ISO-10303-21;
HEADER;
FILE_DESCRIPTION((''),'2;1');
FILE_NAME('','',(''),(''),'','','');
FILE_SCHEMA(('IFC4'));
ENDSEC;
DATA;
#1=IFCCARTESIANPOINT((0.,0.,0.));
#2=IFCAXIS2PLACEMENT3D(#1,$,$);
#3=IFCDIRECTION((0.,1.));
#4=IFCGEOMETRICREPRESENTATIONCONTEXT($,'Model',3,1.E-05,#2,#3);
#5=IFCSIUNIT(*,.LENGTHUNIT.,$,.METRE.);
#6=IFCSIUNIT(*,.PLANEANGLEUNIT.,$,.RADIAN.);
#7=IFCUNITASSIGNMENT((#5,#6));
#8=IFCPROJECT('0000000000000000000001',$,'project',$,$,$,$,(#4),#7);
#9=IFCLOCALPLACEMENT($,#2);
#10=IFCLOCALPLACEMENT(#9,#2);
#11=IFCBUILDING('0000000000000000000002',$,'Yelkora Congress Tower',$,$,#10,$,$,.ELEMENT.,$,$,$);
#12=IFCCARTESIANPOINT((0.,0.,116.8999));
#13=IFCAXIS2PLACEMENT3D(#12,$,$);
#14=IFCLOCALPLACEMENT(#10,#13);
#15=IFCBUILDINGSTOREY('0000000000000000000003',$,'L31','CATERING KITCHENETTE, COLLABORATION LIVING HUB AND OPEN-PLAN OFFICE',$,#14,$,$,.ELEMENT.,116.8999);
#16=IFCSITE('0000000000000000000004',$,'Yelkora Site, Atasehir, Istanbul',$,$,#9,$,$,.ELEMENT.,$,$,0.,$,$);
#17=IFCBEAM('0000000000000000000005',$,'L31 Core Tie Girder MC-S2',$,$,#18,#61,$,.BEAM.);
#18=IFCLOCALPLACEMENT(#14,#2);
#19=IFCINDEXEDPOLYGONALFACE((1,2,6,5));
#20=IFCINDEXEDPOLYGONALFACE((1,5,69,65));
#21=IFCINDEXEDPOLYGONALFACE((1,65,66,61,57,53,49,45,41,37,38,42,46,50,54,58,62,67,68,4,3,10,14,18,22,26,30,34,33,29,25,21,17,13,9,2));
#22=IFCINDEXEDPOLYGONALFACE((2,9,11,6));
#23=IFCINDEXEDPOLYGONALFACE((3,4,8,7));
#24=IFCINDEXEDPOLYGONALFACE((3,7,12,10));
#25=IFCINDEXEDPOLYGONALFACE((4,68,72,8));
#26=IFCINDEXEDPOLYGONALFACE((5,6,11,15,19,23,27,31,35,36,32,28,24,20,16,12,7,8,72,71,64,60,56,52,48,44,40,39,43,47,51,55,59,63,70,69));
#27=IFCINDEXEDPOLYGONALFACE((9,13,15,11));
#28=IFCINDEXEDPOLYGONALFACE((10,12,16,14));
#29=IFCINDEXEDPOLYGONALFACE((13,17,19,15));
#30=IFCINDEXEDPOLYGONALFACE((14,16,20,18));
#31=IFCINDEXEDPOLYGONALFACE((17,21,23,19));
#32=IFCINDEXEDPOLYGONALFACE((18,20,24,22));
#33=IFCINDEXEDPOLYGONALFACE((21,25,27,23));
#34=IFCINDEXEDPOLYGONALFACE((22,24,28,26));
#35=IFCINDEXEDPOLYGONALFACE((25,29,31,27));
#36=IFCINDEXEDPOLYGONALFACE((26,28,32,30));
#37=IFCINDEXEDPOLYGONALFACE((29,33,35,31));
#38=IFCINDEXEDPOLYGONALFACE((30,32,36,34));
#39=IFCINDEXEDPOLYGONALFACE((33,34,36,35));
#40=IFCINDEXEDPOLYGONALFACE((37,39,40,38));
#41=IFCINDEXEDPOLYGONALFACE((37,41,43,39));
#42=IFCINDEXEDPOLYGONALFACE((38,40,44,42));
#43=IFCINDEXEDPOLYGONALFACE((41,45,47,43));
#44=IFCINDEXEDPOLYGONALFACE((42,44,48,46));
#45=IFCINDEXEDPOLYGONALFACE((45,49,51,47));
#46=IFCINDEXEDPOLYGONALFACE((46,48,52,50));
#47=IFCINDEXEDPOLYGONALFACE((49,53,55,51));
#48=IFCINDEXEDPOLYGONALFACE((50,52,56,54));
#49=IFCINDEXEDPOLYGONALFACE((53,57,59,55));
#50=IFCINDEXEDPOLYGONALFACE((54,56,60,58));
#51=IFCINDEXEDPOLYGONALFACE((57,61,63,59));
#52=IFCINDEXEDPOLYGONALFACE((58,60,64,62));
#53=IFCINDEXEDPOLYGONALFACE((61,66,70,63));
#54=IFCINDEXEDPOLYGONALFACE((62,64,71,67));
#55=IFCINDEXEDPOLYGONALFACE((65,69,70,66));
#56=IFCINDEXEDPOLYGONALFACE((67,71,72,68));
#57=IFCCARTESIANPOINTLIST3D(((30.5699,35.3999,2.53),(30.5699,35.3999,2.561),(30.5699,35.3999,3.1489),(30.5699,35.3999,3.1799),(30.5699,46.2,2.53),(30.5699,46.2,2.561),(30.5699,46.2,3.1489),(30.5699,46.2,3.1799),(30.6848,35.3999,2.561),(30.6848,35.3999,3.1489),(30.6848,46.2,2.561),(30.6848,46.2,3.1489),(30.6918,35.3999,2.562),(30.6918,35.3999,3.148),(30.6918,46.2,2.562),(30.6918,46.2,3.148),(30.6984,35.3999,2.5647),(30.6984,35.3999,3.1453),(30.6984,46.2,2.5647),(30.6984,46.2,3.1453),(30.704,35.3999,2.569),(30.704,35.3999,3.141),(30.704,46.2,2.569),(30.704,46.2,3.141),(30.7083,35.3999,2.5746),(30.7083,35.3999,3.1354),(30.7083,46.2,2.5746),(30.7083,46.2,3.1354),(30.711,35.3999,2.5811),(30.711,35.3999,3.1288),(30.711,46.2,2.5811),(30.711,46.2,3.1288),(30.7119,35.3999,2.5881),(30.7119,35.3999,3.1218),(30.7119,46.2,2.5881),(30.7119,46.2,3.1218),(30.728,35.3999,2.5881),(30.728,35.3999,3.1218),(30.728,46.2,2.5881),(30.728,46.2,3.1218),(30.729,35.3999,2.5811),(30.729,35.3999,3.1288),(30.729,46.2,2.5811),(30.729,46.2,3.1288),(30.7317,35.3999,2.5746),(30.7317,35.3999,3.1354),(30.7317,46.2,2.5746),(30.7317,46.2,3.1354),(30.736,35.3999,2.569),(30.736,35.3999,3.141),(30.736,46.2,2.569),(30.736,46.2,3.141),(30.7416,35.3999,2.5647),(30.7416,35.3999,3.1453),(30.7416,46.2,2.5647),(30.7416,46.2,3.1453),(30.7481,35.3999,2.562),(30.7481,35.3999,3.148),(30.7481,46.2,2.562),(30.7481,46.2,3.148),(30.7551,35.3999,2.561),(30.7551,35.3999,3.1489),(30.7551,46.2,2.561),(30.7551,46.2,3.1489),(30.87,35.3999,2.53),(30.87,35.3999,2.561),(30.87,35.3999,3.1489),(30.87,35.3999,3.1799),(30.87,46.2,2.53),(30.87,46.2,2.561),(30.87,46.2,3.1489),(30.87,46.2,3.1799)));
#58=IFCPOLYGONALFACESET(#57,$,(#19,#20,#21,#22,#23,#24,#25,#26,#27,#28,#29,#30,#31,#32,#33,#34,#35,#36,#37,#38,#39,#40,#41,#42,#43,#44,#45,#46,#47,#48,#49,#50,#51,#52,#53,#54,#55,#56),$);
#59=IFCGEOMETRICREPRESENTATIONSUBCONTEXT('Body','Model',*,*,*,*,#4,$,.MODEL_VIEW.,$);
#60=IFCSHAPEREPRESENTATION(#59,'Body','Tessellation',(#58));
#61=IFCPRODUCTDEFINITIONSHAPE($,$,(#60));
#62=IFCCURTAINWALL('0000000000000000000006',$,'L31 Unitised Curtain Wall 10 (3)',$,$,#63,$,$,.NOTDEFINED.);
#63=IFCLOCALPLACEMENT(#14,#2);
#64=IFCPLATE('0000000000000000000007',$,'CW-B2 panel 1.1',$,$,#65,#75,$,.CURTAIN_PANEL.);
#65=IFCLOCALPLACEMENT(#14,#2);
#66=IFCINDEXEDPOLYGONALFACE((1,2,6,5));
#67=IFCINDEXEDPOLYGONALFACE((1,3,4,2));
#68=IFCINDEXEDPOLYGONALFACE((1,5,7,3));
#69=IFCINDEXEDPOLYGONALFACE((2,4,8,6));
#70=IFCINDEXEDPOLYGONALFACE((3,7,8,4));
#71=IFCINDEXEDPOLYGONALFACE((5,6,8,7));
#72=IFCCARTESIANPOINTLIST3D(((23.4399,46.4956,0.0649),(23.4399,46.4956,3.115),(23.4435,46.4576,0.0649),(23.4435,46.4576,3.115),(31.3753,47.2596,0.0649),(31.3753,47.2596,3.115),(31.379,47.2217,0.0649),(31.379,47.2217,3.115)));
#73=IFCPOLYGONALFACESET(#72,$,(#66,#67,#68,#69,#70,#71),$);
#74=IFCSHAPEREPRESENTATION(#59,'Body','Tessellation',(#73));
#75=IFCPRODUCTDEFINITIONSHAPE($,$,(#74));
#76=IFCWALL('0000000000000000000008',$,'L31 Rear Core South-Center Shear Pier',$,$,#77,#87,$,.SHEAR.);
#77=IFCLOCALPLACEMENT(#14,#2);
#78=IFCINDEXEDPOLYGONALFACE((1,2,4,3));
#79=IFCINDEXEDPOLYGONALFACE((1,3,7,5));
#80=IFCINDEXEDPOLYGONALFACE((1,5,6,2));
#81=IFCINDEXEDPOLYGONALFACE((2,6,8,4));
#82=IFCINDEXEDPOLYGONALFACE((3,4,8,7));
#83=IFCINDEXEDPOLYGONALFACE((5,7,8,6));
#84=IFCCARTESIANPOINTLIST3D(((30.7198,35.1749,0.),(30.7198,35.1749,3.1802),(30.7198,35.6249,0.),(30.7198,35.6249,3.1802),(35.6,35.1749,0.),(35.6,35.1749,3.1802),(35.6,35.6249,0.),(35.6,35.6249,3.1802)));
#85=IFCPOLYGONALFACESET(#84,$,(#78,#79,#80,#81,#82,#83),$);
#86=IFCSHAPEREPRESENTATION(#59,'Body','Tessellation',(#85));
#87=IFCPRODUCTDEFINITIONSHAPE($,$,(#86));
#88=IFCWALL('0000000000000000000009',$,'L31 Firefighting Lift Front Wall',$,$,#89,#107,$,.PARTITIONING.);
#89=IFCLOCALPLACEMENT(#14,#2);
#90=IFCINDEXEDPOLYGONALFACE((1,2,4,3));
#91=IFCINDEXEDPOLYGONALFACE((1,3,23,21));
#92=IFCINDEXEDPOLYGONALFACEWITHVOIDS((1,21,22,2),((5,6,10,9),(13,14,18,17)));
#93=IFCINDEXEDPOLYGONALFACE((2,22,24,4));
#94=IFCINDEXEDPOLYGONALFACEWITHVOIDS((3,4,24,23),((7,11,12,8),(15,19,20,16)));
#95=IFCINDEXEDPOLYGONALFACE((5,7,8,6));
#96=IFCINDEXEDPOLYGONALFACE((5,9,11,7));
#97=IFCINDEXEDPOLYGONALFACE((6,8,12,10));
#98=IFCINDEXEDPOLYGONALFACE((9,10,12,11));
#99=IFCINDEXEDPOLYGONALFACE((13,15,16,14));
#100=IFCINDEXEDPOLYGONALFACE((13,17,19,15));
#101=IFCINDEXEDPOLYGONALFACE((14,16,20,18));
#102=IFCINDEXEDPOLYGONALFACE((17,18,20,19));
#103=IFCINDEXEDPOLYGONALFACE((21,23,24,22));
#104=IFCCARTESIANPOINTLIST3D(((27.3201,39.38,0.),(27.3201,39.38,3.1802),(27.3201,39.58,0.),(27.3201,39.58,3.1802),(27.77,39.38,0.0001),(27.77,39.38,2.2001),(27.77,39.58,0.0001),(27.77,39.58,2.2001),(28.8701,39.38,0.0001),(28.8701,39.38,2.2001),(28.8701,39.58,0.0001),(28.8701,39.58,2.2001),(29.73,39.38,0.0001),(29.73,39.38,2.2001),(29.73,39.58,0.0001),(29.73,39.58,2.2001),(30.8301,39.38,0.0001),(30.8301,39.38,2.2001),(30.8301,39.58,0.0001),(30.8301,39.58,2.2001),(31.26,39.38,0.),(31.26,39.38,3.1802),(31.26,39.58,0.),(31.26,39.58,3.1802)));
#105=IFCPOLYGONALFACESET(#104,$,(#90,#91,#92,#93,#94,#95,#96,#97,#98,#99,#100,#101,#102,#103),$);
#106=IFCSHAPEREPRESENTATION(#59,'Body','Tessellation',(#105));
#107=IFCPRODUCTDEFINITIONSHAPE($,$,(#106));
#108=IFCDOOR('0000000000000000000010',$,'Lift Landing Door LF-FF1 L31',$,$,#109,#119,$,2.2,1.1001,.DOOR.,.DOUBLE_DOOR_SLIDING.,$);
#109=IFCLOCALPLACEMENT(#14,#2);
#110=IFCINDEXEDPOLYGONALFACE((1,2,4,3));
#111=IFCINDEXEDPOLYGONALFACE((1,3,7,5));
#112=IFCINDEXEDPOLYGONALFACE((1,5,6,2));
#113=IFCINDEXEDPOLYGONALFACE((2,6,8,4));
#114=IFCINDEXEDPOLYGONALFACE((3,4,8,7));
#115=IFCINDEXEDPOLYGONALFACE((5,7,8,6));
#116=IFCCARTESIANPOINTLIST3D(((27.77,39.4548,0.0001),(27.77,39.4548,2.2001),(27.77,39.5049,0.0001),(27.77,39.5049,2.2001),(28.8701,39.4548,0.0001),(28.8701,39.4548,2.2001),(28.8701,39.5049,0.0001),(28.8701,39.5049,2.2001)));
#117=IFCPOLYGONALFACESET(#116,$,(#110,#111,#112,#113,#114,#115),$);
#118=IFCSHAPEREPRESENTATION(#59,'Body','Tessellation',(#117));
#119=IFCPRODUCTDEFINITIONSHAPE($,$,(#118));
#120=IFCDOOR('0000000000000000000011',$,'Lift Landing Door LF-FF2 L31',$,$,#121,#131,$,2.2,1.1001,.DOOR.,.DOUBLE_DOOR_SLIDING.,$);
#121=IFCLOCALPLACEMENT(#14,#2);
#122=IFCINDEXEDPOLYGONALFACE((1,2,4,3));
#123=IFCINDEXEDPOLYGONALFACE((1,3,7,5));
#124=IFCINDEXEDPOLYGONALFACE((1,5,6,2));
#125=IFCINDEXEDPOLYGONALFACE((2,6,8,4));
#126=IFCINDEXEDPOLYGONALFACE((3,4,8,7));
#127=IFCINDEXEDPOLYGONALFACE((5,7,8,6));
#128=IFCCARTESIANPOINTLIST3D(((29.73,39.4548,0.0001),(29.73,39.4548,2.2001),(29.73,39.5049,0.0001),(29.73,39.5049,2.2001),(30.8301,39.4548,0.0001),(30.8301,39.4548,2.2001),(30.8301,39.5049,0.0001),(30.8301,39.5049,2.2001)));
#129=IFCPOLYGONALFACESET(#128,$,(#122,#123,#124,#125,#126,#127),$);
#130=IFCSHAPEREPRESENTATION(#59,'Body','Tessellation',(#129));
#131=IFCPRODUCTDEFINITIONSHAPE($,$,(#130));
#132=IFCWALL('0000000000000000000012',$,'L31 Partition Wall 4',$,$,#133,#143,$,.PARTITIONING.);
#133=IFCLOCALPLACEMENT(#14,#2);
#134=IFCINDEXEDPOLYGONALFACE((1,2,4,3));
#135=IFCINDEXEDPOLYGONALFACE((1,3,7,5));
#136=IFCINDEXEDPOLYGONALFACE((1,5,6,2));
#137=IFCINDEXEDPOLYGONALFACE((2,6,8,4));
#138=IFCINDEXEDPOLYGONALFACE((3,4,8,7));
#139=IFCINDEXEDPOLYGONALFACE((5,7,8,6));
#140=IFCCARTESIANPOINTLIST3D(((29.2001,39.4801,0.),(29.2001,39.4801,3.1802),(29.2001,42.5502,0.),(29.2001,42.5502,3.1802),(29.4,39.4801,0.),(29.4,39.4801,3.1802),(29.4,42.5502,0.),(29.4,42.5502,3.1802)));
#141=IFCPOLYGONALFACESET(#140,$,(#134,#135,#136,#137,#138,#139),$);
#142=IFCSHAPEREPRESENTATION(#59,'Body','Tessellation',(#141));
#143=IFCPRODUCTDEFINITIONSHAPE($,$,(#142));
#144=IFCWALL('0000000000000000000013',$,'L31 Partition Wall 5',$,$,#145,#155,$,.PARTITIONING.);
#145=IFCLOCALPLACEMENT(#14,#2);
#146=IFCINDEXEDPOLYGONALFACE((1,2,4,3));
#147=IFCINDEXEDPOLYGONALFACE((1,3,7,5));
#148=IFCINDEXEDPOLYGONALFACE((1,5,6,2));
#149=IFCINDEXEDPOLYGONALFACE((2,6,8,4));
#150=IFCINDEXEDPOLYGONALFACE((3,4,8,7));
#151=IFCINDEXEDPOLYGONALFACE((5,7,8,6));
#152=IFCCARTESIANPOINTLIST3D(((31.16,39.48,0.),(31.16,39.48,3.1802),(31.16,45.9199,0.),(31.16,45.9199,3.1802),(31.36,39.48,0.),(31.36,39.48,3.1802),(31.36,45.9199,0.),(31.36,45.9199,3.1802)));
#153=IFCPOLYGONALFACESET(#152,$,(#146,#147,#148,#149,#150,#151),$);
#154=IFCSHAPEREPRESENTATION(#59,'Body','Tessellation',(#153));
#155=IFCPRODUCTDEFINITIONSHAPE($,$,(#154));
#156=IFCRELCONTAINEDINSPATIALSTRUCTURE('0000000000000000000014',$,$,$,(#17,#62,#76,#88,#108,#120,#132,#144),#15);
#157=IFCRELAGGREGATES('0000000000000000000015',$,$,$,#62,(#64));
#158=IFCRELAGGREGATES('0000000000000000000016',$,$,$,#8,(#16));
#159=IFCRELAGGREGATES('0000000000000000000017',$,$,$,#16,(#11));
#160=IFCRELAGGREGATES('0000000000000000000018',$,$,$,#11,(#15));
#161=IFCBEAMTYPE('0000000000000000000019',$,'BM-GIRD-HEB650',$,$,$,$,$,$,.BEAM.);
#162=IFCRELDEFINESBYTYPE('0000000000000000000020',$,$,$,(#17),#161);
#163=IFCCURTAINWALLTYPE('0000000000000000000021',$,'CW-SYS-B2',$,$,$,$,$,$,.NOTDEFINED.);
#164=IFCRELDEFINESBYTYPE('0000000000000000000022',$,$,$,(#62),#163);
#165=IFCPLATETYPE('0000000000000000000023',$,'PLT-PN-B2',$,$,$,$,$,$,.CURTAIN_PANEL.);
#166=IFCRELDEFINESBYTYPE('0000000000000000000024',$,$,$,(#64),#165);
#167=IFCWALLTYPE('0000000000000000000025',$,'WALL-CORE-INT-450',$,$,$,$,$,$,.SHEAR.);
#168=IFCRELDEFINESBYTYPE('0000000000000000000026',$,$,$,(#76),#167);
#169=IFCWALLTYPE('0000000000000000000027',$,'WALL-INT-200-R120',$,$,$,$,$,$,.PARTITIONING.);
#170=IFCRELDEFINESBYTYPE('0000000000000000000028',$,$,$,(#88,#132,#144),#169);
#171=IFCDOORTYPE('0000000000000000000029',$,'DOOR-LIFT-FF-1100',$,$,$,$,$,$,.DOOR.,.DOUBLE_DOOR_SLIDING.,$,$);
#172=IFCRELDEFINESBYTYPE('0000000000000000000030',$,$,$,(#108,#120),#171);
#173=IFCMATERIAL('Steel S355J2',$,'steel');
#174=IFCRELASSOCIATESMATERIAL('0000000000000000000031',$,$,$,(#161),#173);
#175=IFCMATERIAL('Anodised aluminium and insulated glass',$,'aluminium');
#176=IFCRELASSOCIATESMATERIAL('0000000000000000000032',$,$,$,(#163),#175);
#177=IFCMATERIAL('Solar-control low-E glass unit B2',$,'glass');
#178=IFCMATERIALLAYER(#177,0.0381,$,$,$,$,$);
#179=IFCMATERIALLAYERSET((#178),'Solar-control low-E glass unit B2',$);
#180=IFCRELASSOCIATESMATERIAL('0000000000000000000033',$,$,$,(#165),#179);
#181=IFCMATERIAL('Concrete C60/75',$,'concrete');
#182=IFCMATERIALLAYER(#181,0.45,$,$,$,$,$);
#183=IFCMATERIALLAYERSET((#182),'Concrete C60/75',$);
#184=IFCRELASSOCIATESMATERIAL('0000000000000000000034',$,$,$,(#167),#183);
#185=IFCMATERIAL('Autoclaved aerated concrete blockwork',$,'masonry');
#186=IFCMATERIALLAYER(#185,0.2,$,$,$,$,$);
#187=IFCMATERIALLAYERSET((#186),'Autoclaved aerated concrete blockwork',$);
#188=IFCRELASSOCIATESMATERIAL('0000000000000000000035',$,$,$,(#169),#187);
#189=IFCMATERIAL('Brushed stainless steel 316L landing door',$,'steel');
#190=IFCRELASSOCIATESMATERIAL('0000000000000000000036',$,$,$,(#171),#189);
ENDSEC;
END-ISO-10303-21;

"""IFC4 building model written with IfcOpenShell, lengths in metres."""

from ifc_helpers import new_model, si_unit, direction, frame, frame_2d, origin, origin_2d, place, context, subcontext, project, spatial, rectangle, i_section, extrude, material, layer, layer_set, material_profile, profile_set, type_object, element, fill, aggregate, save


model = new_model("IFC4")

# Units and contexts
model_context = context("Model", 3, precision=1e-05, world=origin(), true_north=direction((0.0, 1.0)))
body_context = subcontext(model_context, "Body", "Model", "MODEL_VIEW")
ifc_project = project(units=[si_unit("LENGTHUNIT", "METRE"), si_unit("PLANEANGLEUNIT", "RADIAN")], contexts=[model_context])

# Site, building, storey
site_placement = place(None, origin())
site = spatial("IfcSite", under=ifc_project, at=site_placement, Name="Yelkora Site, Atasehir, Istanbul", CompositionType="ELEMENT", RefElevation=0.0)
building_placement = place(site_placement, origin())
building = spatial("IfcBuilding", under=site, at=building_placement, Name="Yelkora Congress Tower", CompositionType="ELEMENT")
storey_placement = place(building_placement, frame((0.0, 0.0, 116.8999)))
storey = spatial("IfcBuildingStorey", under=building, at=storey_placement, Name="L31", Description="CATERING KITCHENETTE, COLLABORATION LIVING HUB AND OPEN-PLAN OFFICE", CompositionType="ELEMENT", Elevation=116.8999)

# Beam
ifc_material_1 = material(Name="Steel S355J2", Category="steel")
ifc_material_profile_1 = material_profile(ifc_material_1, i_section(OverallWidth=0.3, OverallDepth=0.6499, WebThickness=0.0161, FlangeThickness=0.031, FilletRadius=0.0271, at=origin_2d()), Name="HEB 650")
ifc_profile_set_1 = profile_set([ifc_material_profile_1], Name="Steel S355J2")
beam_type = type_object("IfcBeamType", Name="BM-GIRD-HEB650", PredefinedType="BEAM", material=ifc_profile_set_1)
beam_placement = place(storey_placement, frame((30.72, 35.3999, 2.855), z_axis=(0.0, 1.0, 0.0), x_axis=(-1.0, 0.0, 0.0)))
element("IfcBeam", 1, at=beam_placement, inside=storey, type_object=beam_type, Name="L31 Core Tie Girder MC-S2", PredefinedType="BEAM", context=body_context, shape_type="SweptSolid", body=[
    extrude(i_section(OverallWidth=0.3, OverallDepth=0.6499, WebThickness=0.0161, FlangeThickness=0.031, FilletRadius=0.0271, at=origin_2d()), origin(), (0.0, 0.0, 1.0), 10.8),
])

# Curtain wall, plate
ifc_material_2 = material(Name="Anodised aluminium and insulated glass", Category="aluminium")
curtain_wall_type = type_object("IfcCurtainWallType", Name="CW-SYS-B2", PredefinedType="NOTDEFINED", material=ifc_material_2)
curtain_wall_placement = place(storey_placement, origin())
curtain_wall = element("IfcCurtainWall", 2, at=curtain_wall_placement, inside=storey, type_object=curtain_wall_type, Name="L31 Unitised Curtain Wall 10 (3)", PredefinedType="NOTDEFINED")
ifc_material_3 = material(Name="Solar-control low-E glass unit B2", Category="glass")
ifc_layer_1 = layer(ifc_material_3, 0.0381)
ifc_layer_set_1 = layer_set([ifc_layer_1], Name="Solar-control low-E glass unit B2")
plate_type = type_object("IfcPlateType", Name="PLT-PN-B2", PredefinedType="CURTAIN_PANEL", material=ifc_layer_set_1)
plate_placement = place(storey_placement, frame((27.4094, 46.8586, 0.0649), z_axis=(0.0, 0.0, 1.0), x_axis=(0.995396, 0.095844, 0.0)))
plate = element("IfcPlate", 3, at=plate_placement, type_object=plate_type, Name="CW-B2 panel 1.1", PredefinedType="CURTAIN_PANEL", context=body_context, shape_type="SweptSolid", body=[
    extrude(rectangle(XDim=7.9722, YDim=0.0381, at=origin_2d()), origin(), (0.0, 0.0, 1.0), 3.05),
])
aggregate(curtain_wall, [plate])

# Wall
ifc_material_4 = material(Name="Concrete C60/75", Category="concrete")
ifc_layer_2 = layer(ifc_material_4, 0.45)
ifc_layer_set_2 = layer_set([ifc_layer_2], Name="Concrete C60/75")
wall_type_1 = type_object("IfcWallType", Name="WALL-CORE-INT-450", PredefinedType="SHEAR", material=ifc_layer_set_2)
wall_1_placement = place(storey_placement, frame((30.72, 35.3999, 0.0), z_axis=(0.0, 0.0, 1.0), x_axis=(1.0, 0.0, 0.0)))
element("IfcWall", 4, at=wall_1_placement, inside=storey, type_object=wall_type_1, Name="L31 Rear Core South-Center Shear Pier", PredefinedType="SHEAR", context=body_context, shape_type="SweptSolid", body=[
    extrude(rectangle(XDim=4.8801, YDim=0.45, at=frame_2d((2.4399, 0.0))), origin(), (0.0, 0.0, 1.0), 3.1802),
])

# Shared definitions
ifc_material_5 = material(Name="Autoclaved aerated concrete blockwork", Category="masonry")
ifc_layer_3 = layer(ifc_material_5, 0.2)
ifc_layer_set_3 = layer_set([ifc_layer_3], Name="Autoclaved aerated concrete blockwork")
wall_type_2 = type_object("IfcWallType", Name="WALL-INT-200-R120", PredefinedType="PARTITIONING", material=ifc_layer_set_3)

# Wall, openings, doors
wall_2_placement = place(storey_placement, frame((27.3201, 39.48, 0.0), z_axis=(0.0, 0.0, 1.0), x_axis=(1.0, 0.0, 0.0)))
wall_2 = element("IfcWall", 5, at=wall_2_placement, inside=storey, type_object=wall_type_2, Name="L31 Firefighting Lift Front Wall", PredefinedType="PARTITIONING", context=body_context, shape_type="SweptSolid", body=[
    extrude(rectangle(XDim=3.9399, YDim=0.2, at=frame_2d((1.97, 0.0))), origin(), (0.0, 0.0, 1.0), 3.1802),
])
opening_1_placement = place(wall_2_placement, frame((0.45, 0.0, 0.0)))
opening_1 = element("IfcOpeningElement", 6, at=opening_1_placement, cuts=wall_2, PredefinedType="OPENING", context=body_context, shape_type="SweptSolid", body=[
    extrude(rectangle(XDim=1.1001, YDim=2.2, at=frame_2d((0.55, 1.1001))), frame((0.0, 0.1099, 0.0), z_axis=(0.0, -1.0, 0.0), x_axis=(1.0, 0.0, 0.0)), (0.0, 0.0, 1.0), 0.22),
])
opening_2_placement = place(wall_2_placement, frame((2.4099, 0.0, 0.0)))
opening_2 = element("IfcOpeningElement", 7, at=opening_2_placement, cuts=wall_2, PredefinedType="OPENING", context=body_context, shape_type="SweptSolid", body=[
    extrude(rectangle(XDim=1.1001, YDim=2.2, at=frame_2d((0.55, 1.1001))), frame((0.0, 0.1099, 0.0), z_axis=(0.0, -1.0, 0.0), x_axis=(1.0, 0.0, 0.0)), (0.0, 0.0, 1.0), 0.22),
])
ifc_material_6 = material(Name="Brushed stainless steel 316L landing door", Category="steel")
door_type_1 = type_object("IfcDoorType", Name="DOOR-LIFT-FF-1100", OperationType="DOUBLE_DOOR_SLIDING", PredefinedType="DOOR", material=ifc_material_6)
door_1_placement = place(opening_1_placement, origin())
door_1 = element("IfcDoor", 8, at=door_1_placement, inside=storey, type_object=door_type_1, Name="Lift Landing Door LF-FF1 L31", OperationType="DOUBLE_DOOR_SLIDING", OverallHeight=2.2, OverallWidth=1.1001, PredefinedType="DOOR", context=body_context, shape_type="SweptSolid", body=[
    extrude(rectangle(XDim=1.1001, YDim=2.2, at=frame_2d((0.55, 1.1001))), frame((0.0, 0.0249, 0.0), z_axis=(0.0, -1.0, 0.0), x_axis=(1.0, 0.0, 0.0)), (0.0, 0.0, 1.0), 0.05),
])
fill(opening_1, door_1)
door_2_placement = place(opening_2_placement, origin())
door_2 = element("IfcDoor", 9, at=door_2_placement, inside=storey, type_object=door_type_1, Name="Lift Landing Door LF-FF2 L31", OperationType="DOUBLE_DOOR_SLIDING", OverallHeight=2.2, OverallWidth=1.1001, PredefinedType="DOOR", context=body_context, shape_type="SweptSolid", body=[
    extrude(rectangle(XDim=1.1001, YDim=2.2, at=frame_2d((0.55, 1.1001))), frame((0.0, 0.0249, 0.0), z_axis=(0.0, -1.0, 0.0), x_axis=(1.0, 0.0, 0.0)), (0.0, 0.0, 1.0), 0.05),
])
fill(opening_2, door_2)

# Walls
wall_3_placement = place(storey_placement, frame((29.3, 39.48, 0.0), z_axis=(0.0, 0.0, 1.0), x_axis=(0.0, 1.0, 0.0)))
element("IfcWall", 10, at=wall_3_placement, inside=storey, type_object=wall_type_2, Name="L31 Partition Wall 4", PredefinedType="PARTITIONING", context=body_context, shape_type="SweptSolid", body=[
    extrude(rectangle(XDim=3.0701, YDim=0.2, at=frame_2d((1.5352, 0.0))), origin(), (0.0, 0.0, 1.0), 3.1802),
])
wall_4_placement = place(storey_placement, frame((31.26, 39.48, 0.0), z_axis=(0.0, 0.0, 1.0), x_axis=(0.0, 1.0, 0.0)))
element("IfcWall", 11, at=wall_4_placement, inside=storey, type_object=wall_type_2, Name="L31 Partition Wall 5", PredefinedType="PARTITIONING", context=body_context, shape_type="SweptSolid", body=[
    extrude(rectangle(XDim=6.4399, YDim=0.2, at=frame_2d((3.22, 0.0))), origin(), (0.0, 0.0, 1.0), 3.1802),
])

save(model, "model.ifc")
